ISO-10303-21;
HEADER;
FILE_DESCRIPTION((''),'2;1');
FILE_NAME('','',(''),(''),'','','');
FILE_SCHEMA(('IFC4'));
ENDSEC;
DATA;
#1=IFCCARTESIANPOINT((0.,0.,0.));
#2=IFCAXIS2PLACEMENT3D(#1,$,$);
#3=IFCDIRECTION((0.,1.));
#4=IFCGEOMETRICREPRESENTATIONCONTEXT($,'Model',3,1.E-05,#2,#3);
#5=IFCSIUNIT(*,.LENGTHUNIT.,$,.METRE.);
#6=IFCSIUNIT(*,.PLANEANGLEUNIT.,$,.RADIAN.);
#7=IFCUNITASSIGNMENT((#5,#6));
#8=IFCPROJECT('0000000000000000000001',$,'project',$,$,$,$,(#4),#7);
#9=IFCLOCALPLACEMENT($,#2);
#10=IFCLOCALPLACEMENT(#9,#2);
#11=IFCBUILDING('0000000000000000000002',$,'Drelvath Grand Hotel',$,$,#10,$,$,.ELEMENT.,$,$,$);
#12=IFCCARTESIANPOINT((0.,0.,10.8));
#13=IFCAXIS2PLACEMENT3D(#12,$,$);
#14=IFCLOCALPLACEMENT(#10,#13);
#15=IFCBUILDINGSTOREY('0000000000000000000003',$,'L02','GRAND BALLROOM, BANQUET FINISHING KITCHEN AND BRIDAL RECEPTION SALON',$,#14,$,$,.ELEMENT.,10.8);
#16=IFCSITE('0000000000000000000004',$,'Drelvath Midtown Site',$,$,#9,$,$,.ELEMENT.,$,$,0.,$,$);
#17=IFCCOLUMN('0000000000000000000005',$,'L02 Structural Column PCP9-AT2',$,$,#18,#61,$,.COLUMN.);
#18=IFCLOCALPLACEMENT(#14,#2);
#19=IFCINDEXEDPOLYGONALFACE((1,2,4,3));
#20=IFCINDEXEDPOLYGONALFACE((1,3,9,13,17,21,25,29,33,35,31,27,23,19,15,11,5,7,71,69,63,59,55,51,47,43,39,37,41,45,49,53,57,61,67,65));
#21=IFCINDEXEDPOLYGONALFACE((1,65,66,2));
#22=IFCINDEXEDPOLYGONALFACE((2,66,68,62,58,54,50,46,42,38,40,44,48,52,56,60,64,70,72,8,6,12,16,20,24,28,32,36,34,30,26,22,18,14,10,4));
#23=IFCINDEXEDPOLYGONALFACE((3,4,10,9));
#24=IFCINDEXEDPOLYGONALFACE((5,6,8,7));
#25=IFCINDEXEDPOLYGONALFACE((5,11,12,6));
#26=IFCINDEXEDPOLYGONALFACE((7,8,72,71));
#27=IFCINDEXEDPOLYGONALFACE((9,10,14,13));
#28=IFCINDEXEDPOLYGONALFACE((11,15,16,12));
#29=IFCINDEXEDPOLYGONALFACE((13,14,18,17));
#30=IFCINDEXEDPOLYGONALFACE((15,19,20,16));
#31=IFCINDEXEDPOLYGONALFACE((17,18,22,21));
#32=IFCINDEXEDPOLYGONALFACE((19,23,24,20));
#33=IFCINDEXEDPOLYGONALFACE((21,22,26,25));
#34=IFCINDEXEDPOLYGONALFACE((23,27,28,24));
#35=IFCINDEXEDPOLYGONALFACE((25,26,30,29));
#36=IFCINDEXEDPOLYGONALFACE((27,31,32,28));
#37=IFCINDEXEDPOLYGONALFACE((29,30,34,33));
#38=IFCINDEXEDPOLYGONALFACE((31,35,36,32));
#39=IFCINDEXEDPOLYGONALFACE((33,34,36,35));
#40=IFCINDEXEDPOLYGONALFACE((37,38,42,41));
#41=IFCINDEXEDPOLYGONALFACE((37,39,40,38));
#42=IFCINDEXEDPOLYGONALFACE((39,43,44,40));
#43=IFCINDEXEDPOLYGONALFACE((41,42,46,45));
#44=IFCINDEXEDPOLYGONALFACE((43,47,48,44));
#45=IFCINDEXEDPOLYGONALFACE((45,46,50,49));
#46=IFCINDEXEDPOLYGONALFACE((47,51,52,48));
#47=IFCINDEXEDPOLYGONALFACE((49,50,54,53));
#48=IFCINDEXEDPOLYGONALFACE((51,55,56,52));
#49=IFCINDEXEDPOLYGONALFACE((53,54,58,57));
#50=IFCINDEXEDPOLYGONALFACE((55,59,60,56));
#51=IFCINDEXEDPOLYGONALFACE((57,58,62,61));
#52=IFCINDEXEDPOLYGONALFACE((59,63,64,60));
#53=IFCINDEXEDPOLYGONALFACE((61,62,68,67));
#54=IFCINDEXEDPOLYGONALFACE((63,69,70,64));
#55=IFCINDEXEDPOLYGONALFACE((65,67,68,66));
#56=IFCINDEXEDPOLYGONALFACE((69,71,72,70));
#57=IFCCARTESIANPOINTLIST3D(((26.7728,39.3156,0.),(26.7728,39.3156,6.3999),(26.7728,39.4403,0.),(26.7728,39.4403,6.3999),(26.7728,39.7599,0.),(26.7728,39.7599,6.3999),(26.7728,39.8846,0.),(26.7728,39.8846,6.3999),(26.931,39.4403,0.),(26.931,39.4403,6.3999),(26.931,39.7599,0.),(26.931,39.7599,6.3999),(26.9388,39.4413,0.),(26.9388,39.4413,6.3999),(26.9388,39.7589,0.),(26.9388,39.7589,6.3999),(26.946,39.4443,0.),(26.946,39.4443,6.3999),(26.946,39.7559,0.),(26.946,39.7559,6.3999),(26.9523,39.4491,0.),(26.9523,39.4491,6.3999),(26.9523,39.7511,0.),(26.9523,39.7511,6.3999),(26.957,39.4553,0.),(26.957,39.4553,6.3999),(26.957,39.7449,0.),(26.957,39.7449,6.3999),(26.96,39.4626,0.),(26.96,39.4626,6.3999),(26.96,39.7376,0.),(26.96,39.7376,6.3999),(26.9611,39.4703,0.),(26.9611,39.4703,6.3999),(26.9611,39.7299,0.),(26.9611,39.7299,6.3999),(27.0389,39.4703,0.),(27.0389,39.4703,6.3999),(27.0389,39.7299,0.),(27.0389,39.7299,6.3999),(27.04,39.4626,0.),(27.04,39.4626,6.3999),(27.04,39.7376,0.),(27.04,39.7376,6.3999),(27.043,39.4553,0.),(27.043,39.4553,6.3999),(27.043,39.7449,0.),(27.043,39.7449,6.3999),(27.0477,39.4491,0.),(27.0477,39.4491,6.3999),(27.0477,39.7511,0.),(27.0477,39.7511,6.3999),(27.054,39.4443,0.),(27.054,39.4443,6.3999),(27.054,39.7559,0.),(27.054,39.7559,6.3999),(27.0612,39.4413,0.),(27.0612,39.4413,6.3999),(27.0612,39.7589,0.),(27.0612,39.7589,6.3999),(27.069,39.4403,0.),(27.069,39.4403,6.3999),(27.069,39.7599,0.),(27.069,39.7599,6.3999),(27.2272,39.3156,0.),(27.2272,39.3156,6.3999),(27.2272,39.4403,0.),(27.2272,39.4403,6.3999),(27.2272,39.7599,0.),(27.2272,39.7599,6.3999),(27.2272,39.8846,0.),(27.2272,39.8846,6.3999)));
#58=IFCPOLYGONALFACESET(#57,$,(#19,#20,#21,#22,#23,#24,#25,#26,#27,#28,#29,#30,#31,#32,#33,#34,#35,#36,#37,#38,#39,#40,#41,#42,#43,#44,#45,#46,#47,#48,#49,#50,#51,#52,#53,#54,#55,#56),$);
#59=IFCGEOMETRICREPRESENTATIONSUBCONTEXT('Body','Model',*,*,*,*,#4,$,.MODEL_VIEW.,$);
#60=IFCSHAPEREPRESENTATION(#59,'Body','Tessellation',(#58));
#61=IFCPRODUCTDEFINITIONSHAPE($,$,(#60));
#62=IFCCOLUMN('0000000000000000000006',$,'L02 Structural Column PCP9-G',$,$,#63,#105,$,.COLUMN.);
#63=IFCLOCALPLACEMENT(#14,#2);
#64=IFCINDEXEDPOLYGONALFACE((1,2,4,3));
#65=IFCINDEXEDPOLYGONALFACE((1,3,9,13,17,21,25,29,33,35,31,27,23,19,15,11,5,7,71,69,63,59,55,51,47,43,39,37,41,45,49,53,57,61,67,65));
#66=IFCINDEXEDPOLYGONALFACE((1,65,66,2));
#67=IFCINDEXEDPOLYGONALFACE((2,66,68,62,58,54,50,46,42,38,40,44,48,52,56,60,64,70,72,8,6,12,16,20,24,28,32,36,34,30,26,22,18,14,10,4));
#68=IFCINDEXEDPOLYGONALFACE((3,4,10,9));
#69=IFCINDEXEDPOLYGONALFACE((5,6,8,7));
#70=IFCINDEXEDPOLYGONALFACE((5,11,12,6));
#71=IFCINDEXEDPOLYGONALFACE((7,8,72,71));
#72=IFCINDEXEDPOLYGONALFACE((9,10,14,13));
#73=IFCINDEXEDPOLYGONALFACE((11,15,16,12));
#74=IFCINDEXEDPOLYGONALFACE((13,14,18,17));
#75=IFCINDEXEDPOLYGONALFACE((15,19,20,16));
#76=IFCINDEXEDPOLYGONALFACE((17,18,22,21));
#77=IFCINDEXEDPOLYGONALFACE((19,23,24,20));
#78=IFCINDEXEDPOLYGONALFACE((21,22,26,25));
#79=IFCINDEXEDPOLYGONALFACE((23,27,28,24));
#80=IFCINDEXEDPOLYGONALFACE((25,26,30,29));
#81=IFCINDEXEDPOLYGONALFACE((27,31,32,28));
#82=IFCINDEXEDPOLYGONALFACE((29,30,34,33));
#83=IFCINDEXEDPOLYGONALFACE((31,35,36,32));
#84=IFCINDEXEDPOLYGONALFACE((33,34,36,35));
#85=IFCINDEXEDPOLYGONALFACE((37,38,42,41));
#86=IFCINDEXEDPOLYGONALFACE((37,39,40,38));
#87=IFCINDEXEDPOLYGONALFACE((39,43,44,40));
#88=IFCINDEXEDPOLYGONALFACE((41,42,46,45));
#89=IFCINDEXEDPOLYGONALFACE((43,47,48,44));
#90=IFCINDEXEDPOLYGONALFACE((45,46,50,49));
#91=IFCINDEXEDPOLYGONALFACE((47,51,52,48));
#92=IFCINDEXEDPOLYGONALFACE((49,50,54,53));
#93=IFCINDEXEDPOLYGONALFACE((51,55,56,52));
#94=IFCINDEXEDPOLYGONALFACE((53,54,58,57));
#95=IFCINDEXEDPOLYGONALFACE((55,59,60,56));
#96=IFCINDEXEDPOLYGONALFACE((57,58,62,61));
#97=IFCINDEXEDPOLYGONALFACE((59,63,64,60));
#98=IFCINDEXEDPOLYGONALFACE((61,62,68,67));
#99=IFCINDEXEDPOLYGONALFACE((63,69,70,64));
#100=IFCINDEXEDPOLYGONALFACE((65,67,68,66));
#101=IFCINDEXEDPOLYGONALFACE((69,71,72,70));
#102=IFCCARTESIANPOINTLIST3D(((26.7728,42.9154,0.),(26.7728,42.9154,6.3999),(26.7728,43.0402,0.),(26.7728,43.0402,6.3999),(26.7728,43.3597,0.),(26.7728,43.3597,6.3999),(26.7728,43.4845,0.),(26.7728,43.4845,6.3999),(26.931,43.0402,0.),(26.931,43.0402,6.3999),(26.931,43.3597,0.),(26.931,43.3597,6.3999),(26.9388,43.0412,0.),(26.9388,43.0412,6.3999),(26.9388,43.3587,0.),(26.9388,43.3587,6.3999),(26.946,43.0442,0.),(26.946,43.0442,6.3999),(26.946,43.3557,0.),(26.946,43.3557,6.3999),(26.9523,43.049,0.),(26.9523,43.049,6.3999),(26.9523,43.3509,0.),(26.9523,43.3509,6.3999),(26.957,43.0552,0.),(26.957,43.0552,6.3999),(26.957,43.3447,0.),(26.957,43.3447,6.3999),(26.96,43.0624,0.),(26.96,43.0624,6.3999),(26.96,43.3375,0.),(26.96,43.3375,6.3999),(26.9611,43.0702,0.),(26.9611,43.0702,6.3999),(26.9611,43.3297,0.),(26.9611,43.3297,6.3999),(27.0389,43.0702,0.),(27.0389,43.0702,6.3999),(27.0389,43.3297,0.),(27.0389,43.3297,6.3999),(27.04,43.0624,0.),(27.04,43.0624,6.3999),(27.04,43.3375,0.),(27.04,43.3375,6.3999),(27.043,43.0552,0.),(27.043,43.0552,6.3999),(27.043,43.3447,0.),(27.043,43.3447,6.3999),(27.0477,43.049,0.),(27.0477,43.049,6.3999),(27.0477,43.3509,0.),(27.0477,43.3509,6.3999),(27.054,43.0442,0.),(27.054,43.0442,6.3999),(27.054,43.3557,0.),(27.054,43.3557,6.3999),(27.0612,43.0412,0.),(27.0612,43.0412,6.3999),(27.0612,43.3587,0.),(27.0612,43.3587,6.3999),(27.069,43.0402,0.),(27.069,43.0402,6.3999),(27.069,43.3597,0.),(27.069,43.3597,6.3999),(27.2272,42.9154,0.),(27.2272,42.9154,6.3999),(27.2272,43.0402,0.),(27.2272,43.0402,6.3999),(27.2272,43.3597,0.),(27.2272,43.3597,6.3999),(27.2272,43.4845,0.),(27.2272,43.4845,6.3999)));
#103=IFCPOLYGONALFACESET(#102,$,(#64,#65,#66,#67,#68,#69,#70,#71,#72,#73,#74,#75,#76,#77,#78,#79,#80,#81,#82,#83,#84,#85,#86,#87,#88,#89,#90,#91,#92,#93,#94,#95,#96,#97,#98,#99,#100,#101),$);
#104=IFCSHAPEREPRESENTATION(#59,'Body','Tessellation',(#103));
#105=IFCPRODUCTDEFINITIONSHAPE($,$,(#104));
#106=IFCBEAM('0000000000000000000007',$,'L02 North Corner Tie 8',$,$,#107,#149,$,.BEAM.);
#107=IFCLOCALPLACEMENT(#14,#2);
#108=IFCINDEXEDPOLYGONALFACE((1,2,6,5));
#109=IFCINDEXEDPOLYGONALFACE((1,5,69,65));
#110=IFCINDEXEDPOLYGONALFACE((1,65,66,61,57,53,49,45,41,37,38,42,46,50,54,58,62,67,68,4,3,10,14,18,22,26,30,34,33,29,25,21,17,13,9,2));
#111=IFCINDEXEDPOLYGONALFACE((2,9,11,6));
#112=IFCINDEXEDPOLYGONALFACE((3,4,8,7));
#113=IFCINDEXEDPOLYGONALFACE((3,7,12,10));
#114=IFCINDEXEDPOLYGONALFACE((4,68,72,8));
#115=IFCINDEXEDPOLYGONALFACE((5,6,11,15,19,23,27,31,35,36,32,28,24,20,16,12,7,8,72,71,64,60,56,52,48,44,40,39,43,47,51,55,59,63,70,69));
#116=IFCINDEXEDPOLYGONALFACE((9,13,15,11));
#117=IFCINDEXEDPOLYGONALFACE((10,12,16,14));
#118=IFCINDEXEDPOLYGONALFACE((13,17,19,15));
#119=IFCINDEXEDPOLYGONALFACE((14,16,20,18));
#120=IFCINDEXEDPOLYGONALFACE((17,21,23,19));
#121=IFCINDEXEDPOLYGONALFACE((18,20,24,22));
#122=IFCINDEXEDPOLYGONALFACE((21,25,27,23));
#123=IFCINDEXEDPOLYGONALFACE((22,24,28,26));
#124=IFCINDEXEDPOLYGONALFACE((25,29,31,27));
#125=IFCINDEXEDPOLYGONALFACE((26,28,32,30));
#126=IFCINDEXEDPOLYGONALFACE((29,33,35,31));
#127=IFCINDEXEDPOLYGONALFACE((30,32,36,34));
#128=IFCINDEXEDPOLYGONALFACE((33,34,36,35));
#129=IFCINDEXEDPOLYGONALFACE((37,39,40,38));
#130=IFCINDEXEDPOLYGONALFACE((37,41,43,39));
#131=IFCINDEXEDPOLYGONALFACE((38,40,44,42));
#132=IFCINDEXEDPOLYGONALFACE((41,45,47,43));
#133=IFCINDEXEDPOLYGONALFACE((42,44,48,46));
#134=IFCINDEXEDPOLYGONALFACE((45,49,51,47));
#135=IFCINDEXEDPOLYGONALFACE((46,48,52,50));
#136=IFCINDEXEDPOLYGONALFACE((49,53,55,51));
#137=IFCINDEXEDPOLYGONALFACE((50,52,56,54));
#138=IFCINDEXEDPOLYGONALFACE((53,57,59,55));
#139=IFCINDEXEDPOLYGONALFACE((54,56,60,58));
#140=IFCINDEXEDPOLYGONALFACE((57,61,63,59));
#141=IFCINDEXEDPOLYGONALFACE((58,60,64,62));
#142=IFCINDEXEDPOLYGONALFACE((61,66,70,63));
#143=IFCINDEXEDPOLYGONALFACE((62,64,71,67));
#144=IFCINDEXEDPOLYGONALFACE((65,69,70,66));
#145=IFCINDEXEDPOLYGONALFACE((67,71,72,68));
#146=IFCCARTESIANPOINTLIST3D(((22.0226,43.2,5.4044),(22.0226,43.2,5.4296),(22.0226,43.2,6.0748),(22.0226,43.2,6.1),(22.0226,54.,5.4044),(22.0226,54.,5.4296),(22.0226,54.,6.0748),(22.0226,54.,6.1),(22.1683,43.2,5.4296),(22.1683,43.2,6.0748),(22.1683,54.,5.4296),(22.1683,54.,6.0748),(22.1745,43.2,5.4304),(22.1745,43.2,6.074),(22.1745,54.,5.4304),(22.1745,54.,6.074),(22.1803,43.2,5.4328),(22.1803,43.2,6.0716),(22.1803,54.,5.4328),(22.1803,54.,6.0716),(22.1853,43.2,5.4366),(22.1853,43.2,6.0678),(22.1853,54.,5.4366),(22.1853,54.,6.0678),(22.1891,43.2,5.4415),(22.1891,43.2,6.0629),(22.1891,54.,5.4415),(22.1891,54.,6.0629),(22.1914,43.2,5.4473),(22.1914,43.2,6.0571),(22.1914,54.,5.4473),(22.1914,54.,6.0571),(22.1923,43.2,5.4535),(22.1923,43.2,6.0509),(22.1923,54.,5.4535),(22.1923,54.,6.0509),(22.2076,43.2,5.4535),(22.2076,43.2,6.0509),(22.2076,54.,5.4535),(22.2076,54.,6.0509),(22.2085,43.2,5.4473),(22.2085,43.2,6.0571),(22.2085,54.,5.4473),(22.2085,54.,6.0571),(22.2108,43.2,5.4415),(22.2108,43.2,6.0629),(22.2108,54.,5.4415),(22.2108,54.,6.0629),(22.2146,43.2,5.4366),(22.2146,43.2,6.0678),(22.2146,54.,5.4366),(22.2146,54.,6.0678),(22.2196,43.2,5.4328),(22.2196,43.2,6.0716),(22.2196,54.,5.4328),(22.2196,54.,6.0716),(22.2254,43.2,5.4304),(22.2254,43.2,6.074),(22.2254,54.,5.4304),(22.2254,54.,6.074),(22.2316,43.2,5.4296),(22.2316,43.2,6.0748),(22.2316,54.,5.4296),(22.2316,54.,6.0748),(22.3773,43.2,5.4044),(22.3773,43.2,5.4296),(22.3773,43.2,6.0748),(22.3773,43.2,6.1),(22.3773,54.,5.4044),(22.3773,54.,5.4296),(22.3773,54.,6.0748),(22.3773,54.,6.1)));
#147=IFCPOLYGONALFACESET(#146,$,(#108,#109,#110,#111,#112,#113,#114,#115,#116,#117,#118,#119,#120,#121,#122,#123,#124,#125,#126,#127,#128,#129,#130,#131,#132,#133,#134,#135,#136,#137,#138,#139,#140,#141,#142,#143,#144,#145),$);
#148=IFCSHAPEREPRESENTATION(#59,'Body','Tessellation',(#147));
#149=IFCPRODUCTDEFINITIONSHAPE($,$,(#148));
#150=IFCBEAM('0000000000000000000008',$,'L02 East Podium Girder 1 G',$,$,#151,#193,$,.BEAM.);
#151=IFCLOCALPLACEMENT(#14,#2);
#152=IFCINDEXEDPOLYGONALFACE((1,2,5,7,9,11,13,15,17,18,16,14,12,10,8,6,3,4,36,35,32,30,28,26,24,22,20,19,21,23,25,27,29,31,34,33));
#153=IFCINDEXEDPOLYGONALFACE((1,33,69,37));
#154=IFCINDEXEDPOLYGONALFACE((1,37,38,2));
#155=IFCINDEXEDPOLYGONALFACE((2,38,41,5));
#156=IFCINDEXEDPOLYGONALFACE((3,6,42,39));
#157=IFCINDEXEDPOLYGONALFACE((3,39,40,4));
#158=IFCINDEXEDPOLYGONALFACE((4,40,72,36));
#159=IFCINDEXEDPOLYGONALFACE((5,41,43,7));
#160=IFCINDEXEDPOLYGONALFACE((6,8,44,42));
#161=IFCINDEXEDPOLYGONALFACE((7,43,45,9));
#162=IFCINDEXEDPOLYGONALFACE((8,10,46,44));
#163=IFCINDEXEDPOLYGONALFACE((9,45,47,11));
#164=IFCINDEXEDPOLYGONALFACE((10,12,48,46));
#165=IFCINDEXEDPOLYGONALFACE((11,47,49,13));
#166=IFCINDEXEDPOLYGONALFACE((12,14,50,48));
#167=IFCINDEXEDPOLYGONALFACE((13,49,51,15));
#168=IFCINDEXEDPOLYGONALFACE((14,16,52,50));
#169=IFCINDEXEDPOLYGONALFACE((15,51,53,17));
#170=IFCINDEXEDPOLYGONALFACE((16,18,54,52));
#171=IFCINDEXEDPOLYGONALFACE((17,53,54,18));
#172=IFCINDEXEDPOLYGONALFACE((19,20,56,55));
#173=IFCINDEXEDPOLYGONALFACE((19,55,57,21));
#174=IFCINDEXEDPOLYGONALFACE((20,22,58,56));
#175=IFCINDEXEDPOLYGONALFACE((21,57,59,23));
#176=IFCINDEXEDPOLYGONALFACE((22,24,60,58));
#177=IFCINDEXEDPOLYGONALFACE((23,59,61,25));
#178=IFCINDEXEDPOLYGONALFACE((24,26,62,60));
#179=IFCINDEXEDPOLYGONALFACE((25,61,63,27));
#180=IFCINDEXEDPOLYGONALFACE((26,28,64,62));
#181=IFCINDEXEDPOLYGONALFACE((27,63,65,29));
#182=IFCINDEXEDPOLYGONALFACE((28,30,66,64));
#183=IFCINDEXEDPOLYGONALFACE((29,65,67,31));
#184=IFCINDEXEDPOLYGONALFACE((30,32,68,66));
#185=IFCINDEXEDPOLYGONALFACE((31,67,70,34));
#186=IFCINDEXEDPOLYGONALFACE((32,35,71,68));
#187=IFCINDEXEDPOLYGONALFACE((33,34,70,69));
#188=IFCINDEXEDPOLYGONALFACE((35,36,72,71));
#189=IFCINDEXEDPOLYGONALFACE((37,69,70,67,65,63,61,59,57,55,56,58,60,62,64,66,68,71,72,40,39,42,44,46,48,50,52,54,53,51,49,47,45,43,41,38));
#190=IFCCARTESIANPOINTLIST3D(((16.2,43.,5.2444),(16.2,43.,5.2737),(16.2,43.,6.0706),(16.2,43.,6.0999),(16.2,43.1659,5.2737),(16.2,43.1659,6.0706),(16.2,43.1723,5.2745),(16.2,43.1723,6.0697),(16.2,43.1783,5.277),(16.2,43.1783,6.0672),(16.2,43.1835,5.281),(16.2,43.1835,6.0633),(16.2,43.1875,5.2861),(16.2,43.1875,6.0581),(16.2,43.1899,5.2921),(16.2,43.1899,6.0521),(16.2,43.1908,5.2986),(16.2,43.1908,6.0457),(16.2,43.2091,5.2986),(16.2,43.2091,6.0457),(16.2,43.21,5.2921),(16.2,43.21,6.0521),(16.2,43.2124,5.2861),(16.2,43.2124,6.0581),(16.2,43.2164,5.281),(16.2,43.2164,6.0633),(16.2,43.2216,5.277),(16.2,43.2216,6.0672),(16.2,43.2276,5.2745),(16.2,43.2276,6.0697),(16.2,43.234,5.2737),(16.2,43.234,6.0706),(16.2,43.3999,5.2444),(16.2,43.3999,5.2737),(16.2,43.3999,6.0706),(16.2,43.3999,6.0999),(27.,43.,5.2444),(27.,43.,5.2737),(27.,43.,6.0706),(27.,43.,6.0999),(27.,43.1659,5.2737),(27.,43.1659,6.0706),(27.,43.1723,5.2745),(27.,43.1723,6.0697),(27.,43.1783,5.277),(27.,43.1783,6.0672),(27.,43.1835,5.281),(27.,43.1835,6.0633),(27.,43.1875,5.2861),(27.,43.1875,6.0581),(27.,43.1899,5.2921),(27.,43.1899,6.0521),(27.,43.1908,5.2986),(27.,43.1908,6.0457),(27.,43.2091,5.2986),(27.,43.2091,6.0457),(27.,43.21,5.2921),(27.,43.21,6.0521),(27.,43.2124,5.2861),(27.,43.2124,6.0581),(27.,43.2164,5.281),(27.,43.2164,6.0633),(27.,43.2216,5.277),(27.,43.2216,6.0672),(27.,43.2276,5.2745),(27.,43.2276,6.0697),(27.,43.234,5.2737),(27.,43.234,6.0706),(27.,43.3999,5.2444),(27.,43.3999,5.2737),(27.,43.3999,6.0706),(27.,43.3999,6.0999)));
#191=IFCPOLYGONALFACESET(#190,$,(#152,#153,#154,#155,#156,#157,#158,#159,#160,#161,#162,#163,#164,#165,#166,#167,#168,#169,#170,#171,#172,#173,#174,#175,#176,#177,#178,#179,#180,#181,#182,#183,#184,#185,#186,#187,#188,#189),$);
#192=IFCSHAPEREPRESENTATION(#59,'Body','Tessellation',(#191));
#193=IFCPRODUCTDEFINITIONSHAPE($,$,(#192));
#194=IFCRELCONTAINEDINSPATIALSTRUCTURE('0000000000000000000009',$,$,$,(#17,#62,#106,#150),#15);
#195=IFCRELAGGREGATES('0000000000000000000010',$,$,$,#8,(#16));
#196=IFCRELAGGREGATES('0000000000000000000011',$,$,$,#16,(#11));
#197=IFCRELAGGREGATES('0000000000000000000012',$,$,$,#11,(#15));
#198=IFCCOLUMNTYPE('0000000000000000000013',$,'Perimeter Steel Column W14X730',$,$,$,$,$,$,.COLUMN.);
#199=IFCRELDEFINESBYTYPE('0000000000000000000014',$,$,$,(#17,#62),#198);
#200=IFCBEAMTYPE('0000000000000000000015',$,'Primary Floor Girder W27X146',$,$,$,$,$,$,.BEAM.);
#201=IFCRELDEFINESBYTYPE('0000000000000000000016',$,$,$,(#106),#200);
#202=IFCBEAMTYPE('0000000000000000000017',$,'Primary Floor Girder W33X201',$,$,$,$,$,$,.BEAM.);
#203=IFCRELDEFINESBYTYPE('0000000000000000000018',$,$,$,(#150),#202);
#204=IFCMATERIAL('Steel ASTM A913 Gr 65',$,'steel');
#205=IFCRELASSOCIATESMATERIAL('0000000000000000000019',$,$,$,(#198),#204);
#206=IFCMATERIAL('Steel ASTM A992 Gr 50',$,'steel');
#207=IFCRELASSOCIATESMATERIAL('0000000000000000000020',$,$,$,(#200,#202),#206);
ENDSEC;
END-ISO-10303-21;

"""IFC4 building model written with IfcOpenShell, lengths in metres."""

from ifc_helpers import new_model, si_unit, direction, frame, origin, origin_2d, place, context, subcontext, project, spatial, i_section, extrude, material, material_profile, profile_set, type_object, element, save


model = new_model("IFC4")

# Units and contexts
model_context = context("Model", 3, precision=1e-05, world=origin(), true_north=direction((0.0, 1.0)))
body_context = subcontext(model_context, "Body", "Model", "MODEL_VIEW")
ifc_project = project(units=[si_unit("LENGTHUNIT", "METRE"), si_unit("PLANEANGLEUNIT", "RADIAN")], contexts=[model_context])

# Site, building, storey
site_placement = place(None, origin())
site = spatial("IfcSite", under=ifc_project, at=site_placement, Name="Drelvath Midtown Site", CompositionType="ELEMENT", RefElevation=0.0)
building_placement = place(site_placement, origin())
building = spatial("IfcBuilding", under=site, at=building_placement, Name="Drelvath Grand Hotel", CompositionType="ELEMENT")
storey_placement = place(building_placement, frame((0.0, 0.0, 10.8)))
storey = spatial("IfcBuildingStorey", under=building, at=storey_placement, Name="L02", Description="GRAND BALLROOM, BANQUET FINISHING KITCHEN AND BRIDAL RECEPTION SALON", CompositionType="ELEMENT", Elevation=10.8)

# Columns
ifc_material_1 = material(Name="Steel ASTM A913 Gr 65", Category="steel")
ifc_material_profile_1 = material_profile(ifc_material_1, i_section(OverallWidth=0.4543, OverallDepth=0.5691, WebThickness=0.0779, FlangeThickness=0.1248, FilletRadius=0.03, at=origin_2d()), Name="W14X730")
ifc_profile_set_1 = profile_set([ifc_material_profile_1], Name="Steel ASTM A913 Gr 65")
column_type_1 = type_object("IfcColumnType", Name="Perimeter Steel Column W14X730", PredefinedType="COLUMN", material=ifc_profile_set_1)
for number, where, z_axis, x_axis, name in (
    (1, (27.0, 39.6001, 0.0), (0.0, 0.0, 1.0), (1.0, 0.0, 0.0), "L02 Structural Column PCP9-AT2"),
    (2, (27.0, 43.2, 0.0), (0.0, 0.0, 1.0), (1.0, 0.0, 0.0), "L02 Structural Column PCP9-G"),
):
    element("IfcColumn", number, at=place(storey_placement, frame(where, z_axis=z_axis, x_axis=x_axis)), inside=storey, type_object=column_type_1, Name=name, PredefinedType="COLUMN", context=body_context, shape_type="SweptSolid", body=[
        extrude(i_section(OverallWidth=0.4543, OverallDepth=0.5691, WebThickness=0.0779, FlangeThickness=0.1248, FilletRadius=0.03, at=origin_2d()), origin(), (0.0, 0.0, 1.0), 6.3999),
    ])

# Beams
ifc_material_2 = material(Name="Steel ASTM A992 Gr 50", Category="steel")
ifc_material_profile_2 = material_profile(ifc_material_2, i_section(OverallWidth=0.3547, OverallDepth=0.6956, WebThickness=0.0154, FlangeThickness=0.0251, FilletRadius=0.0239, at=origin_2d()), Name="W27X146")
ifc_profile_set_2 = profile_set([ifc_material_profile_2], Name="Steel ASTM A992 Gr 50")
beam_type_1 = type_object("IfcBeamType", Name="Primary Floor Girder W27X146", PredefinedType="BEAM", material=ifc_profile_set_2)
beam_1_placement = place(storey_placement, frame((22.2, 43.2, 5.7522), z_axis=(0.0, 1.0, 0.0), x_axis=(-1.0, 0.0, 0.0)))
element("IfcBeam", 3, at=beam_1_placement, inside=storey, type_object=beam_type_1, Name="L02 North Corner Tie 8", PredefinedType="BEAM", context=body_context, shape_type="SweptSolid", body=[
    extrude(i_section(OverallWidth=0.3547, OverallDepth=0.6956, WebThickness=0.0154, FlangeThickness=0.0251, FilletRadius=0.0239, at=origin_2d()), origin(), (0.0, 0.0, 1.0), 10.8),
])
ifc_material_profile_3 = material_profile(ifc_material_2, i_section(OverallWidth=0.3999, OverallDepth=0.8555, WebThickness=0.0183, FlangeThickness=0.0293, FilletRadius=0.0249, at=origin_2d()), Name="W33X201")
ifc_profile_set_3 = profile_set([ifc_material_profile_3], Name="Steel ASTM A992 Gr 50")
beam_type_2 = type_object("IfcBeamType", Name="Primary Floor Girder W33X201", PredefinedType="BEAM", material=ifc_profile_set_3)
beam_2_placement = place(storey_placement, frame((16.2, 43.2, 5.6721), z_axis=(1.0, 0.0, 0.0), x_axis=(0.0, 1.0, 0.0)))
element("IfcBeam", 4, at=beam_2_placement, inside=storey, type_object=beam_type_2, Name="L02 East Podium Girder 1 G", PredefinedType="BEAM", context=body_context, shape_type="SweptSolid", body=[
    extrude(i_section(OverallWidth=0.3999, OverallDepth=0.8555, WebThickness=0.0183, FlangeThickness=0.0293, FilletRadius=0.0249, at=origin_2d()), origin(), (0.0, 0.0, 1.0), 10.8),
])

save(model, "model.ifc")
